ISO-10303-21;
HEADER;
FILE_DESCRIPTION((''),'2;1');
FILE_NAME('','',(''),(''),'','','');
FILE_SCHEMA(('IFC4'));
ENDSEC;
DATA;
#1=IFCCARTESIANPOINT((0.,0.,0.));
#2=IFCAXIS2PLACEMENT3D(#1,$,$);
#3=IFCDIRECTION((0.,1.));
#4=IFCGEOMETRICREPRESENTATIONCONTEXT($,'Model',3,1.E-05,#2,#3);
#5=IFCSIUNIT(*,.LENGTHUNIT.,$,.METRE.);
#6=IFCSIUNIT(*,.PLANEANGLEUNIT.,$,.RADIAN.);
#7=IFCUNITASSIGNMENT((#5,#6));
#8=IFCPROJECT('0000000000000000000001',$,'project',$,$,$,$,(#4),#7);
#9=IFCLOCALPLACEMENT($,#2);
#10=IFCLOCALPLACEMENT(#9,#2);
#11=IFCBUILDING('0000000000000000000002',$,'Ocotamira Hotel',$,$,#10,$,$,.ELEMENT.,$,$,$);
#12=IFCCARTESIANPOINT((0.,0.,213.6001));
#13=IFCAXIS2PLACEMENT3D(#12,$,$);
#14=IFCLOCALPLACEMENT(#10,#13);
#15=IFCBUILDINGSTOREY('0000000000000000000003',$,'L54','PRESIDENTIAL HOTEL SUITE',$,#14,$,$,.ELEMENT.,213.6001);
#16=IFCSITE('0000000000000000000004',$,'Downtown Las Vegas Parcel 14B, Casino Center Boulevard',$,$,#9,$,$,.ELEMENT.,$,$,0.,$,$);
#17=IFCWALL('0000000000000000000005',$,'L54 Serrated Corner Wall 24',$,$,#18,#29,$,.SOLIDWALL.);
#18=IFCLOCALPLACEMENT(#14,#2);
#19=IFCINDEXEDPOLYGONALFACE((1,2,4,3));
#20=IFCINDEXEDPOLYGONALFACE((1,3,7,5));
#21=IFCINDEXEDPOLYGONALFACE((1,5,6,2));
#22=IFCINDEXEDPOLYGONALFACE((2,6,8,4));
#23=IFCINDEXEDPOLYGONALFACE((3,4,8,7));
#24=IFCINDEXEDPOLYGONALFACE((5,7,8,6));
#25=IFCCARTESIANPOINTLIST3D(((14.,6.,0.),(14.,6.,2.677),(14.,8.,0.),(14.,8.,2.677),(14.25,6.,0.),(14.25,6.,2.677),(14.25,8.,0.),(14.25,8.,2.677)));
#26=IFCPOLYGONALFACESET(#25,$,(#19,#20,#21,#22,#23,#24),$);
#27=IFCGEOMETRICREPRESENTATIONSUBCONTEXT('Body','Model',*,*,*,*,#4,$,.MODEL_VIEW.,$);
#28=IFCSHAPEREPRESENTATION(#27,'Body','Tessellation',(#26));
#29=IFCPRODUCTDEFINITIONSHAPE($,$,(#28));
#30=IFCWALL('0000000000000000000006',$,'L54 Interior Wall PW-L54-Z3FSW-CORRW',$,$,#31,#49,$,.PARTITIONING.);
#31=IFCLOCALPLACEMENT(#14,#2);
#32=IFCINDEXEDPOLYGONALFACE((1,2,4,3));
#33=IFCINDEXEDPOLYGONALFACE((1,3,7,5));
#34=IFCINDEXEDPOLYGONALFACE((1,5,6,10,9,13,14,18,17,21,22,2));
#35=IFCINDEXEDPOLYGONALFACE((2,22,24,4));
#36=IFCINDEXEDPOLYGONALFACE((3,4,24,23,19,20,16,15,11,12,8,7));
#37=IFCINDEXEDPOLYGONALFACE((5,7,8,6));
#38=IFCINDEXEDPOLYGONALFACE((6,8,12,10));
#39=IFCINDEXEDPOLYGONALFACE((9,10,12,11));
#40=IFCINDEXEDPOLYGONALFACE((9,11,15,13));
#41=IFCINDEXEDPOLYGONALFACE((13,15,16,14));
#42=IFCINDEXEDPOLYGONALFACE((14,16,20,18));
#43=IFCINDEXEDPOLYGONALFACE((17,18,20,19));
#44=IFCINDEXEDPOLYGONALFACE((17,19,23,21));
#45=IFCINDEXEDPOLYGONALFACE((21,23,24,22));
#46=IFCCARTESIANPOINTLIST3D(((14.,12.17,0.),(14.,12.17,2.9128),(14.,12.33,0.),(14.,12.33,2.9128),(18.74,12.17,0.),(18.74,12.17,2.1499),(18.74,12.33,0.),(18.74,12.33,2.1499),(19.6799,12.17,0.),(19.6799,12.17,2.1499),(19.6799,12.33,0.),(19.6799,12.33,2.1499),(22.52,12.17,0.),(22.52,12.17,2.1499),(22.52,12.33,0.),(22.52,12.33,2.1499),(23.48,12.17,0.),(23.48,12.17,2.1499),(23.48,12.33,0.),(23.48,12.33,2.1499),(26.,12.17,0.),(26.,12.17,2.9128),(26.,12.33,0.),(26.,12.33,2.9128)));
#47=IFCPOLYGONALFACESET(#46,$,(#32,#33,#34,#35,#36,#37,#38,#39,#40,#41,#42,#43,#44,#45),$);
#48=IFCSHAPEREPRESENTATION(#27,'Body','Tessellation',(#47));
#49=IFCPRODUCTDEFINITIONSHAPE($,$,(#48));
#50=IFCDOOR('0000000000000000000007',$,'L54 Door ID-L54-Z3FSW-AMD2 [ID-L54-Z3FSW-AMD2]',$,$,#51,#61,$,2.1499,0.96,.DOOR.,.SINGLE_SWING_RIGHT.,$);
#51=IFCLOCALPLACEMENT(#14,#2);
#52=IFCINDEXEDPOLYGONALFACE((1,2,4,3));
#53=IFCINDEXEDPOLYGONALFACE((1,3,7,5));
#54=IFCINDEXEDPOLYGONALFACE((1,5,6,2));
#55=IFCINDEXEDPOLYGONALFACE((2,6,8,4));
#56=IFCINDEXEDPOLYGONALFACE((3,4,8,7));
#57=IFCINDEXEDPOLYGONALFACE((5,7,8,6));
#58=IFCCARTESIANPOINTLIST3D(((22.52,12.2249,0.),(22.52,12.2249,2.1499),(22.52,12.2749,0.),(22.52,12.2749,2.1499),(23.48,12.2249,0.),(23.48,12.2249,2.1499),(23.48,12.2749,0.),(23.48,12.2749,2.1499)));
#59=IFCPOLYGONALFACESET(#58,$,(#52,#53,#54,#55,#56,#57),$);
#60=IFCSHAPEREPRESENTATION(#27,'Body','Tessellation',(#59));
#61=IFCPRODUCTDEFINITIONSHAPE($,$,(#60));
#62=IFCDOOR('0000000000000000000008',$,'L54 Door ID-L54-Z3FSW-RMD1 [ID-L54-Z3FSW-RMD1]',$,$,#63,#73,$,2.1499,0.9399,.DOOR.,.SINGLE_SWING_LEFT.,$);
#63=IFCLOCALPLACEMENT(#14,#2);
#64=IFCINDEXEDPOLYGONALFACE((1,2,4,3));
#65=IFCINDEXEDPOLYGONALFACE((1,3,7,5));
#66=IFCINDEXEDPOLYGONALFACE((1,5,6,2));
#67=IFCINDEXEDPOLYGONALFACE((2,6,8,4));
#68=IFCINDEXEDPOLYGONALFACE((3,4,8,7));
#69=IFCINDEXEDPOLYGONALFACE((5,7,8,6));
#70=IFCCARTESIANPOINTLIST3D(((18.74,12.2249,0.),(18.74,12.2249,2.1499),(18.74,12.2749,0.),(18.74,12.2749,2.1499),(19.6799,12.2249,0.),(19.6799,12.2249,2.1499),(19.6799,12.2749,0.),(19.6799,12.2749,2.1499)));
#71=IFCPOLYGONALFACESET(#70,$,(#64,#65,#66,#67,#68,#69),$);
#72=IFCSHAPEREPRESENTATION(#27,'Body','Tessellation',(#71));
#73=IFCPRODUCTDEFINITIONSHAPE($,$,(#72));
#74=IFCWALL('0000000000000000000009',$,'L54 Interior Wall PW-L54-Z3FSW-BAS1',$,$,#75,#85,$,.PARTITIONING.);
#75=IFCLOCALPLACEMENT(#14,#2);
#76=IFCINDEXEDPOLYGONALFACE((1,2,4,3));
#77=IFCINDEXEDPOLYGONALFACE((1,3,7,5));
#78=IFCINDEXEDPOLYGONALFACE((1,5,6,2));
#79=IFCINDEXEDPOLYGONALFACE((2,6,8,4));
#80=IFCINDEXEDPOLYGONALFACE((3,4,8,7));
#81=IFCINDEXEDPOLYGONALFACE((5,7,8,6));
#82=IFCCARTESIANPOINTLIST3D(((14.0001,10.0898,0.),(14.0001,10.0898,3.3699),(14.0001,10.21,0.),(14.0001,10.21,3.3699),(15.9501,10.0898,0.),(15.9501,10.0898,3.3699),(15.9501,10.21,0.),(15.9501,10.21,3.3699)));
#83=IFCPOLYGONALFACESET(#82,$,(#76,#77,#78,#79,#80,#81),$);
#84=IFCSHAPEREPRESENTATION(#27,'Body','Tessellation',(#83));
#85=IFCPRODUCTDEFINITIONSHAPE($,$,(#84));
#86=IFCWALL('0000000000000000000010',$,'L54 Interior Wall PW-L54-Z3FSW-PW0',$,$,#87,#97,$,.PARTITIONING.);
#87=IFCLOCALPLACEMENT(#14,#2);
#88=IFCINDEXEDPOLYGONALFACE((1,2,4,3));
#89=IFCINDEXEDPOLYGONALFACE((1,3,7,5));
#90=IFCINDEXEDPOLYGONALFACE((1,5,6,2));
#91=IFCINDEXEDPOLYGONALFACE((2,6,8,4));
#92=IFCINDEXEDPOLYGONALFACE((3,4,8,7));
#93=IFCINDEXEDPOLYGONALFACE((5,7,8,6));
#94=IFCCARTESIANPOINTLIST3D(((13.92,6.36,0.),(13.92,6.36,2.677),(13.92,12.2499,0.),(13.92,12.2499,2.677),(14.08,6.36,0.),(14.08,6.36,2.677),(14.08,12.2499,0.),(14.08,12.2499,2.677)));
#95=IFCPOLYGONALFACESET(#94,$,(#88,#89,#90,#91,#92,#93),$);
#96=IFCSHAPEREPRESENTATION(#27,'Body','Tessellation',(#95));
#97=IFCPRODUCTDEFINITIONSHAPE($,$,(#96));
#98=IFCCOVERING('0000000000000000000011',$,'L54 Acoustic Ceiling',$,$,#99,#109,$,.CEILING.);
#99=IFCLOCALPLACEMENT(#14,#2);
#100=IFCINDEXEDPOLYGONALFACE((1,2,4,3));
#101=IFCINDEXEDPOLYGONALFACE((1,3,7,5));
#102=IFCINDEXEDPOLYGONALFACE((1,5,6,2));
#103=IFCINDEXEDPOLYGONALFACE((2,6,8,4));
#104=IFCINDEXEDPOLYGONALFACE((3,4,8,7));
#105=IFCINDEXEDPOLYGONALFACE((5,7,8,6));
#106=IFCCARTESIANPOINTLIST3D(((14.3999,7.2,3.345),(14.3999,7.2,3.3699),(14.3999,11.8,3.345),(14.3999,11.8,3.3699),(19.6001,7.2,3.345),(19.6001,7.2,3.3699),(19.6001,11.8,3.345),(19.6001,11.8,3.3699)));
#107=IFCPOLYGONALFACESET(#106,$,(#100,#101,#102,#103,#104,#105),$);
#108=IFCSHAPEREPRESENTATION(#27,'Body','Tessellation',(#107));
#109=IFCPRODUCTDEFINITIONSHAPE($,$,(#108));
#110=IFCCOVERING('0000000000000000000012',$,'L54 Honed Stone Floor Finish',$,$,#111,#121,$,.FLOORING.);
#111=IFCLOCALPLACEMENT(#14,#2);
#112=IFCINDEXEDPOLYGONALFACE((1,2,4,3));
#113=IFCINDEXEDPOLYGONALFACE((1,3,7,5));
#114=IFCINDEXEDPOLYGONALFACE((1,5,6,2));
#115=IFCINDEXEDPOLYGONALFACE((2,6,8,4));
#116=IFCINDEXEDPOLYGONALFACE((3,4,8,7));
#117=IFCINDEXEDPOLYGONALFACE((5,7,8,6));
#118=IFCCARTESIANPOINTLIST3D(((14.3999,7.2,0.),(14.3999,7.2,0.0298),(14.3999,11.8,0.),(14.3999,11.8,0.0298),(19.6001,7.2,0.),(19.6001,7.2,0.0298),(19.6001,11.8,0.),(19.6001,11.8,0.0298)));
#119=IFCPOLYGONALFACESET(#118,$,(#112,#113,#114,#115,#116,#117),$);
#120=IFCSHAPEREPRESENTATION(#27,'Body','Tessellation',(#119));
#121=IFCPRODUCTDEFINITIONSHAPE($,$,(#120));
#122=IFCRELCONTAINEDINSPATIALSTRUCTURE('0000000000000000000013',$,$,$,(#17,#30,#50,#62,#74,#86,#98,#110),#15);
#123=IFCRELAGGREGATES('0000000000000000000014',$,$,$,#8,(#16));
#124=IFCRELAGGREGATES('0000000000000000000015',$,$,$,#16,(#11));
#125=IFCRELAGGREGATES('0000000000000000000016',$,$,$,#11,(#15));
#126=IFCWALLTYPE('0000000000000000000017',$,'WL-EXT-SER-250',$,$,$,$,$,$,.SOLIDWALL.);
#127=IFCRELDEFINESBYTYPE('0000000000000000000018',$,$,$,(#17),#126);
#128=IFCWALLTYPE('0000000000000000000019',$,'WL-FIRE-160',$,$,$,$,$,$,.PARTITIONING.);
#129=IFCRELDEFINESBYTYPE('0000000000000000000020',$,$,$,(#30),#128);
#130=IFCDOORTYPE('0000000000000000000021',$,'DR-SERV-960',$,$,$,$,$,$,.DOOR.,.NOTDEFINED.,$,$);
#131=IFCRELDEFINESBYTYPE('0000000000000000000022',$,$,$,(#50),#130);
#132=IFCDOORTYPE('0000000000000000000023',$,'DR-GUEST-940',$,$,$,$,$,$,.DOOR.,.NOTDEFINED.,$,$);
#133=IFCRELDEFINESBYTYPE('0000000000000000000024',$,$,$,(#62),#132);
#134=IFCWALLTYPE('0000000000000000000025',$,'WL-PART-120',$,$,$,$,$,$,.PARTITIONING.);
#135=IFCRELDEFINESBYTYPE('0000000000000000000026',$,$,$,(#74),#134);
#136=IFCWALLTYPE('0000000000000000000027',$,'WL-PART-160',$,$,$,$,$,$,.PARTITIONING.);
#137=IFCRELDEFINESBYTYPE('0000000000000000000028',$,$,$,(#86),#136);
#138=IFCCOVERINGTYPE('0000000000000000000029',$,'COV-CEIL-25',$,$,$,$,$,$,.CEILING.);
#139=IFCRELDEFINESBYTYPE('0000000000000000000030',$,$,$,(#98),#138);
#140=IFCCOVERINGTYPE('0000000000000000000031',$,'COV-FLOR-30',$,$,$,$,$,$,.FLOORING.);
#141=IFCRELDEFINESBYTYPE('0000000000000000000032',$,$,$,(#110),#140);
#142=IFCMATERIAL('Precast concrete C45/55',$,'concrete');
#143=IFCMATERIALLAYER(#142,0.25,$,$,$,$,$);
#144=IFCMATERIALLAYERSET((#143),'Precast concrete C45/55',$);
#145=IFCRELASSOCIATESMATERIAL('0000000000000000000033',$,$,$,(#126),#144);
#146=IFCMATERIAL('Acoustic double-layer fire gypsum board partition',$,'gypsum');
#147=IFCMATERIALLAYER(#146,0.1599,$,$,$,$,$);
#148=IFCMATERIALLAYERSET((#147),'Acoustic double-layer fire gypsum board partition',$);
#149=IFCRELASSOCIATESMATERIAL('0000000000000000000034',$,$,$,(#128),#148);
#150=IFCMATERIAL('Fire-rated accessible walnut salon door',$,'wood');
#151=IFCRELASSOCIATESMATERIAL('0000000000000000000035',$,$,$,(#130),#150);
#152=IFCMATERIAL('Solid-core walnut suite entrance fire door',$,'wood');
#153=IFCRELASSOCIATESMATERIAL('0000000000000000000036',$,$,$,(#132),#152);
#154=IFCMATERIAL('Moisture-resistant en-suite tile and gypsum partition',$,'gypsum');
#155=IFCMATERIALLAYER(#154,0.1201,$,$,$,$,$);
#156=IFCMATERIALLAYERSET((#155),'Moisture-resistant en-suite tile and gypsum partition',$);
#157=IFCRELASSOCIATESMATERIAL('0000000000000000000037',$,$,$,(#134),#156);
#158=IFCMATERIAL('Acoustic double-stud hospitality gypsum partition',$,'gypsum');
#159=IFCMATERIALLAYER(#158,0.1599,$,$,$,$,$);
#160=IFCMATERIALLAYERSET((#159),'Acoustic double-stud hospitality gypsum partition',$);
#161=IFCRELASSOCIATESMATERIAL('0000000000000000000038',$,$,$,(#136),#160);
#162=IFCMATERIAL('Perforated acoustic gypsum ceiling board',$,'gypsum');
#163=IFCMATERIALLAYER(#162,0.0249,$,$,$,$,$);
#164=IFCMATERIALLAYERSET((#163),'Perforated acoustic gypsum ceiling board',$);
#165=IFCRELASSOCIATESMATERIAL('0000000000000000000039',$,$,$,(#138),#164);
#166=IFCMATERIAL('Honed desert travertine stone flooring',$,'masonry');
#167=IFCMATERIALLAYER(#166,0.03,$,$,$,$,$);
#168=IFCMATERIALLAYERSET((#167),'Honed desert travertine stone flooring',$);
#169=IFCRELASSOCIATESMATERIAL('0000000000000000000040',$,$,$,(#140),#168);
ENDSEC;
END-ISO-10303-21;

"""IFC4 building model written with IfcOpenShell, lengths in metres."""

from ifc_helpers import new_model, si_unit, direction, frame, frame_2d, origin, place, context, subcontext, project, spatial, polyline, rectangle, outline, extrude, source, transform, mapped, material, layer, layer_set, type_object, element, fill, save


model = new_model("IFC4")

# Units and contexts
model_context = context("Model", 3, precision=1e-05, world=origin(), true_north=direction((0.0, 1.0)))
body_context = subcontext(model_context, "Body", "Model", "MODEL_VIEW")
ifc_project = project(units=[si_unit("LENGTHUNIT", "METRE"), si_unit("PLANEANGLEUNIT", "RADIAN")], contexts=[model_context])

# Site, building, storey
site_placement = place(None, origin())
site = spatial("IfcSite", under=ifc_project, at=site_placement, Name="Downtown Las Vegas Parcel 14B, Casino Center Boulevard", CompositionType="ELEMENT", RefElevation=0.0)
building_placement = place(site_placement, origin())
building = spatial("IfcBuilding", under=site, at=building_placement, Name="Ocotamira Hotel", CompositionType="ELEMENT")
storey_placement = place(building_placement, frame((0.0, 0.0, 213.6001)))
storey = spatial("IfcBuildingStorey", under=building, at=storey_placement, Name="L54", Description="PRESIDENTIAL HOTEL SUITE", CompositionType="ELEMENT", Elevation=213.6001)

# Wall
ifc_material_1 = material(Name="Precast concrete C45/55", Category="concrete")
ifc_layer_1 = layer(ifc_material_1, 0.25)
ifc_layer_set_1 = layer_set([ifc_layer_1], Name="Precast concrete C45/55")
wall_type_1 = type_object("IfcWallType", Name="WL-EXT-SER-250", PredefinedType="SOLIDWALL", material=ifc_layer_set_1)
wall_1_placement = place(storey_placement, frame((14.125, 8.0, 0.0), z_axis=(0.0, 0.0, 1.0), x_axis=(0.0, -1.0, 0.0)))
element("IfcWall", 1, at=wall_1_placement, inside=storey, type_object=wall_type_1, Name="L54 Serrated Corner Wall 24", PredefinedType="SOLIDWALL", context=body_context, shape_type="SweptSolid", body=[
    extrude(rectangle(XDim=2.0, YDim=0.25, at=frame_2d((1.0, 0.0))), origin(), (0.0, 0.0, 1.0), 2.677),
])

# Shared definitions
ifc_material_2 = material(Name="Acoustic double-layer fire gypsum board partition", Category="gypsum")
ifc_layer_2 = layer(ifc_material_2, 0.1599)
ifc_layer_set_2 = layer_set([ifc_layer_2], Name="Acoustic double-layer fire gypsum board partition")
wall_type_2 = type_object("IfcWallType", Name="WL-FIRE-160", PredefinedType="PARTITIONING", material=ifc_layer_set_2)
ifc_material_3 = material(Name="Fire-rated accessible walnut salon door", Category="wood")
door_type_1 = type_object("IfcDoorType", Name="DR-SERV-960", OperationType="NOTDEFINED", PredefinedType="DOOR", material=ifc_material_3)
shared_shape_1 = source(origin(), body_context, "Body", "SweptSolid", [
    extrude(rectangle(XDim=0.96, YDim=2.1499, at=frame_2d((0.48, 1.075))), frame((0.0, 0.0249, 0.0), z_axis=(0.0, -1.0, 0.0), x_axis=(1.0, 0.0, 0.0)), (0.0, 0.0, 1.0), 0.05),
])

# Wall, openings, doors
wall_2_placement = place(storey_placement, frame((14.0, 12.25, 0.0), z_axis=(0.0, 0.0, 1.0), x_axis=(1.0, 0.0, 0.0)))
wall_2 = element("IfcWall", 2, at=wall_2_placement, inside=storey, type_object=wall_type_2, Name="L54 Interior Wall PW-L54-Z3FSW-CORRW", PredefinedType="PARTITIONING", context=body_context, shape_type="SweptSolid", body=[
    extrude(rectangle(XDim=12.0, YDim=0.1599, at=frame_2d((6.0, 0.0))), origin(), (0.0, 0.0, 1.0), 2.9128),
])
opening_1_placement = place(wall_2_placement, frame((4.74, 0.0, 0.0)))
opening_1 = element("IfcOpeningElement", 3, at=opening_1_placement, cuts=wall_2, PredefinedType="OPENING", context=body_context, shape_type="SweptSolid", body=[
    extrude(rectangle(XDim=0.9399, YDim=2.1499, at=frame_2d((0.47, 1.075))), frame((0.0, 0.0898, 0.0), z_axis=(0.0, -1.0, 0.0), x_axis=(1.0, 0.0, 0.0)), (0.0, 0.0, 1.0), 0.1799),
])
opening_2_placement = place(wall_2_placement, frame((8.52, 0.0, 0.0)))
opening_2 = element("IfcOpeningElement", 4, at=opening_2_placement, cuts=wall_2, PredefinedType="OPENING", context=body_context, shape_type="SweptSolid", body=[
    extrude(rectangle(XDim=0.96, YDim=2.1499, at=frame_2d((0.48, 1.075))), frame((0.0, 0.0898, 0.0), z_axis=(0.0, -1.0, 0.0), x_axis=(1.0, 0.0, 0.0)), (0.0, 0.0, 1.0), 0.1799),
])
door_1_placement = place(opening_2_placement, origin())
door_1 = element("IfcDoor", 5, at=door_1_placement, inside=storey, type_object=door_type_1, Name="L54 Door ID-L54-Z3FSW-AMD2 [ID-L54-Z3FSW-AMD2]", OperationType="SINGLE_SWING_RIGHT", OverallHeight=2.1499, OverallWidth=0.96, PredefinedType="DOOR", context=body_context, shape_type="MappedRepresentation", body=[
    mapped(shared_shape_1, transform((0.0, 0.0, 0.0), scale=1.0)),
])
fill(opening_2, door_1)
ifc_material_4 = material(Name="Solid-core walnut suite entrance fire door", Category="wood")
door_type_2 = type_object("IfcDoorType", Name="DR-GUEST-940", OperationType="NOTDEFINED", PredefinedType="DOOR", material=ifc_material_4)
shared_shape_2 = source(origin(), body_context, "Body", "SweptSolid", [
    extrude(rectangle(XDim=0.9399, YDim=2.1499, at=frame_2d((0.47, 1.075))), frame((0.0, 0.0249, 0.0), z_axis=(0.0, -1.0, 0.0), x_axis=(1.0, 0.0, 0.0)), (0.0, 0.0, 1.0), 0.05),
])
door_2_placement = place(opening_1_placement, origin())
door_2 = element("IfcDoor", 6, at=door_2_placement, inside=storey, type_object=door_type_2, Name="L54 Door ID-L54-Z3FSW-RMD1 [ID-L54-Z3FSW-RMD1]", OperationType="SINGLE_SWING_LEFT", OverallHeight=2.1499, OverallWidth=0.9399, PredefinedType="DOOR", context=body_context, shape_type="MappedRepresentation", body=[
    mapped(shared_shape_2, transform((0.0, 0.0, 0.0), scale=1.0)),
])
fill(opening_1, door_2)

# Walls
ifc_material_5 = material(Name="Moisture-resistant en-suite tile and gypsum partition", Category="gypsum")
ifc_layer_3 = layer(ifc_material_5, 0.1201)
ifc_layer_set_3 = layer_set([ifc_layer_3], Name="Moisture-resistant en-suite tile and gypsum partition")
wall_type_3 = type_object("IfcWallType", Name="WL-PART-120", PredefinedType="PARTITIONING", material=ifc_layer_set_3)
wall_3_placement = place(storey_placement, frame((14.0, 10.1499, 0.0), z_axis=(0.0, 0.0, 1.0), x_axis=(1.0, 0.0, 0.0)))
element("IfcWall", 7, at=wall_3_placement, inside=storey, type_object=wall_type_3, Name="L54 Interior Wall PW-L54-Z3FSW-BAS1", PredefinedType="PARTITIONING", context=body_context, shape_type="SweptSolid", body=[
    extrude(rectangle(XDim=1.95, YDim=0.1201, at=frame_2d((0.9751, 0.0))), origin(), (0.0, 0.0, 1.0), 3.3699),
])
ifc_material_6 = material(Name="Acoustic double-stud hospitality gypsum partition", Category="gypsum")
ifc_layer_4 = layer(ifc_material_6, 0.1599)
ifc_layer_set_4 = layer_set([ifc_layer_4], Name="Acoustic double-stud hospitality gypsum partition")
wall_type_4 = type_object("IfcWallType", Name="WL-PART-160", PredefinedType="PARTITIONING", material=ifc_layer_set_4)
wall_4_placement = place(storey_placement, frame((14.0, 6.3601, 0.0), z_axis=(0.0, 0.0, 1.0), x_axis=(0.0, 1.0, 0.0)))
element("IfcWall", 8, at=wall_4_placement, inside=storey, type_object=wall_type_4, Name="L54 Interior Wall PW-L54-Z3FSW-PW0", PredefinedType="PARTITIONING", context=body_context, shape_type="SweptSolid", body=[
    extrude(rectangle(XDim=5.8899, YDim=0.1599, at=frame_2d((2.9448, 0.0))), origin(), (0.0, 0.0, 1.0), 2.677),
])

# Coverings
ifc_material_7 = material(Name="Perforated acoustic gypsum ceiling board", Category="gypsum")
ifc_layer_5 = layer(ifc_material_7, 0.0249)
ifc_layer_set_5 = layer_set([ifc_layer_5], Name="Perforated acoustic gypsum ceiling board")
covering_type_1 = type_object("IfcCoveringType", Name="COV-CEIL-25", PredefinedType="CEILING", material=ifc_layer_set_5)
covering_1_placement = place(storey_placement, frame((0.0, 0.0, 3.345)))
element("IfcCovering", 9, at=covering_1_placement, inside=storey, type_object=covering_type_1, Name="L54 Acoustic Ceiling", PredefinedType="CEILING", context=body_context, shape_type="SweptSolid", body=[
    extrude(outline(polyline([(14.3999, 7.2), (19.6001, 7.2), (19.6001, 11.8), (14.3999, 11.8), (14.3999, 7.2)])), origin(), (0.0, 0.0, 1.0), 0.0249),
])
ifc_material_8 = material(Name="Honed desert travertine stone flooring", Category="masonry")
ifc_layer_6 = layer(ifc_material_8, 0.03)
ifc_layer_set_6 = layer_set([ifc_layer_6], Name="Honed desert travertine stone flooring")
covering_type_2 = type_object("IfcCoveringType", Name="COV-FLOR-30", PredefinedType="FLOORING", material=ifc_layer_set_6)
covering_2_placement = place(storey_placement, origin())
element("IfcCovering", 10, at=covering_2_placement, inside=storey, type_object=covering_type_2, Name="L54 Honed Stone Floor Finish", PredefinedType="FLOORING", context=body_context, shape_type="SweptSolid", body=[
    extrude(outline(polyline([(14.3999, 7.2), (19.6001, 7.2), (19.6001, 11.8), (14.3999, 11.8), (14.3999, 7.2)])), origin(), (0.0, 0.0, 1.0), 0.0298),
])

save(model, "model.ifc")
